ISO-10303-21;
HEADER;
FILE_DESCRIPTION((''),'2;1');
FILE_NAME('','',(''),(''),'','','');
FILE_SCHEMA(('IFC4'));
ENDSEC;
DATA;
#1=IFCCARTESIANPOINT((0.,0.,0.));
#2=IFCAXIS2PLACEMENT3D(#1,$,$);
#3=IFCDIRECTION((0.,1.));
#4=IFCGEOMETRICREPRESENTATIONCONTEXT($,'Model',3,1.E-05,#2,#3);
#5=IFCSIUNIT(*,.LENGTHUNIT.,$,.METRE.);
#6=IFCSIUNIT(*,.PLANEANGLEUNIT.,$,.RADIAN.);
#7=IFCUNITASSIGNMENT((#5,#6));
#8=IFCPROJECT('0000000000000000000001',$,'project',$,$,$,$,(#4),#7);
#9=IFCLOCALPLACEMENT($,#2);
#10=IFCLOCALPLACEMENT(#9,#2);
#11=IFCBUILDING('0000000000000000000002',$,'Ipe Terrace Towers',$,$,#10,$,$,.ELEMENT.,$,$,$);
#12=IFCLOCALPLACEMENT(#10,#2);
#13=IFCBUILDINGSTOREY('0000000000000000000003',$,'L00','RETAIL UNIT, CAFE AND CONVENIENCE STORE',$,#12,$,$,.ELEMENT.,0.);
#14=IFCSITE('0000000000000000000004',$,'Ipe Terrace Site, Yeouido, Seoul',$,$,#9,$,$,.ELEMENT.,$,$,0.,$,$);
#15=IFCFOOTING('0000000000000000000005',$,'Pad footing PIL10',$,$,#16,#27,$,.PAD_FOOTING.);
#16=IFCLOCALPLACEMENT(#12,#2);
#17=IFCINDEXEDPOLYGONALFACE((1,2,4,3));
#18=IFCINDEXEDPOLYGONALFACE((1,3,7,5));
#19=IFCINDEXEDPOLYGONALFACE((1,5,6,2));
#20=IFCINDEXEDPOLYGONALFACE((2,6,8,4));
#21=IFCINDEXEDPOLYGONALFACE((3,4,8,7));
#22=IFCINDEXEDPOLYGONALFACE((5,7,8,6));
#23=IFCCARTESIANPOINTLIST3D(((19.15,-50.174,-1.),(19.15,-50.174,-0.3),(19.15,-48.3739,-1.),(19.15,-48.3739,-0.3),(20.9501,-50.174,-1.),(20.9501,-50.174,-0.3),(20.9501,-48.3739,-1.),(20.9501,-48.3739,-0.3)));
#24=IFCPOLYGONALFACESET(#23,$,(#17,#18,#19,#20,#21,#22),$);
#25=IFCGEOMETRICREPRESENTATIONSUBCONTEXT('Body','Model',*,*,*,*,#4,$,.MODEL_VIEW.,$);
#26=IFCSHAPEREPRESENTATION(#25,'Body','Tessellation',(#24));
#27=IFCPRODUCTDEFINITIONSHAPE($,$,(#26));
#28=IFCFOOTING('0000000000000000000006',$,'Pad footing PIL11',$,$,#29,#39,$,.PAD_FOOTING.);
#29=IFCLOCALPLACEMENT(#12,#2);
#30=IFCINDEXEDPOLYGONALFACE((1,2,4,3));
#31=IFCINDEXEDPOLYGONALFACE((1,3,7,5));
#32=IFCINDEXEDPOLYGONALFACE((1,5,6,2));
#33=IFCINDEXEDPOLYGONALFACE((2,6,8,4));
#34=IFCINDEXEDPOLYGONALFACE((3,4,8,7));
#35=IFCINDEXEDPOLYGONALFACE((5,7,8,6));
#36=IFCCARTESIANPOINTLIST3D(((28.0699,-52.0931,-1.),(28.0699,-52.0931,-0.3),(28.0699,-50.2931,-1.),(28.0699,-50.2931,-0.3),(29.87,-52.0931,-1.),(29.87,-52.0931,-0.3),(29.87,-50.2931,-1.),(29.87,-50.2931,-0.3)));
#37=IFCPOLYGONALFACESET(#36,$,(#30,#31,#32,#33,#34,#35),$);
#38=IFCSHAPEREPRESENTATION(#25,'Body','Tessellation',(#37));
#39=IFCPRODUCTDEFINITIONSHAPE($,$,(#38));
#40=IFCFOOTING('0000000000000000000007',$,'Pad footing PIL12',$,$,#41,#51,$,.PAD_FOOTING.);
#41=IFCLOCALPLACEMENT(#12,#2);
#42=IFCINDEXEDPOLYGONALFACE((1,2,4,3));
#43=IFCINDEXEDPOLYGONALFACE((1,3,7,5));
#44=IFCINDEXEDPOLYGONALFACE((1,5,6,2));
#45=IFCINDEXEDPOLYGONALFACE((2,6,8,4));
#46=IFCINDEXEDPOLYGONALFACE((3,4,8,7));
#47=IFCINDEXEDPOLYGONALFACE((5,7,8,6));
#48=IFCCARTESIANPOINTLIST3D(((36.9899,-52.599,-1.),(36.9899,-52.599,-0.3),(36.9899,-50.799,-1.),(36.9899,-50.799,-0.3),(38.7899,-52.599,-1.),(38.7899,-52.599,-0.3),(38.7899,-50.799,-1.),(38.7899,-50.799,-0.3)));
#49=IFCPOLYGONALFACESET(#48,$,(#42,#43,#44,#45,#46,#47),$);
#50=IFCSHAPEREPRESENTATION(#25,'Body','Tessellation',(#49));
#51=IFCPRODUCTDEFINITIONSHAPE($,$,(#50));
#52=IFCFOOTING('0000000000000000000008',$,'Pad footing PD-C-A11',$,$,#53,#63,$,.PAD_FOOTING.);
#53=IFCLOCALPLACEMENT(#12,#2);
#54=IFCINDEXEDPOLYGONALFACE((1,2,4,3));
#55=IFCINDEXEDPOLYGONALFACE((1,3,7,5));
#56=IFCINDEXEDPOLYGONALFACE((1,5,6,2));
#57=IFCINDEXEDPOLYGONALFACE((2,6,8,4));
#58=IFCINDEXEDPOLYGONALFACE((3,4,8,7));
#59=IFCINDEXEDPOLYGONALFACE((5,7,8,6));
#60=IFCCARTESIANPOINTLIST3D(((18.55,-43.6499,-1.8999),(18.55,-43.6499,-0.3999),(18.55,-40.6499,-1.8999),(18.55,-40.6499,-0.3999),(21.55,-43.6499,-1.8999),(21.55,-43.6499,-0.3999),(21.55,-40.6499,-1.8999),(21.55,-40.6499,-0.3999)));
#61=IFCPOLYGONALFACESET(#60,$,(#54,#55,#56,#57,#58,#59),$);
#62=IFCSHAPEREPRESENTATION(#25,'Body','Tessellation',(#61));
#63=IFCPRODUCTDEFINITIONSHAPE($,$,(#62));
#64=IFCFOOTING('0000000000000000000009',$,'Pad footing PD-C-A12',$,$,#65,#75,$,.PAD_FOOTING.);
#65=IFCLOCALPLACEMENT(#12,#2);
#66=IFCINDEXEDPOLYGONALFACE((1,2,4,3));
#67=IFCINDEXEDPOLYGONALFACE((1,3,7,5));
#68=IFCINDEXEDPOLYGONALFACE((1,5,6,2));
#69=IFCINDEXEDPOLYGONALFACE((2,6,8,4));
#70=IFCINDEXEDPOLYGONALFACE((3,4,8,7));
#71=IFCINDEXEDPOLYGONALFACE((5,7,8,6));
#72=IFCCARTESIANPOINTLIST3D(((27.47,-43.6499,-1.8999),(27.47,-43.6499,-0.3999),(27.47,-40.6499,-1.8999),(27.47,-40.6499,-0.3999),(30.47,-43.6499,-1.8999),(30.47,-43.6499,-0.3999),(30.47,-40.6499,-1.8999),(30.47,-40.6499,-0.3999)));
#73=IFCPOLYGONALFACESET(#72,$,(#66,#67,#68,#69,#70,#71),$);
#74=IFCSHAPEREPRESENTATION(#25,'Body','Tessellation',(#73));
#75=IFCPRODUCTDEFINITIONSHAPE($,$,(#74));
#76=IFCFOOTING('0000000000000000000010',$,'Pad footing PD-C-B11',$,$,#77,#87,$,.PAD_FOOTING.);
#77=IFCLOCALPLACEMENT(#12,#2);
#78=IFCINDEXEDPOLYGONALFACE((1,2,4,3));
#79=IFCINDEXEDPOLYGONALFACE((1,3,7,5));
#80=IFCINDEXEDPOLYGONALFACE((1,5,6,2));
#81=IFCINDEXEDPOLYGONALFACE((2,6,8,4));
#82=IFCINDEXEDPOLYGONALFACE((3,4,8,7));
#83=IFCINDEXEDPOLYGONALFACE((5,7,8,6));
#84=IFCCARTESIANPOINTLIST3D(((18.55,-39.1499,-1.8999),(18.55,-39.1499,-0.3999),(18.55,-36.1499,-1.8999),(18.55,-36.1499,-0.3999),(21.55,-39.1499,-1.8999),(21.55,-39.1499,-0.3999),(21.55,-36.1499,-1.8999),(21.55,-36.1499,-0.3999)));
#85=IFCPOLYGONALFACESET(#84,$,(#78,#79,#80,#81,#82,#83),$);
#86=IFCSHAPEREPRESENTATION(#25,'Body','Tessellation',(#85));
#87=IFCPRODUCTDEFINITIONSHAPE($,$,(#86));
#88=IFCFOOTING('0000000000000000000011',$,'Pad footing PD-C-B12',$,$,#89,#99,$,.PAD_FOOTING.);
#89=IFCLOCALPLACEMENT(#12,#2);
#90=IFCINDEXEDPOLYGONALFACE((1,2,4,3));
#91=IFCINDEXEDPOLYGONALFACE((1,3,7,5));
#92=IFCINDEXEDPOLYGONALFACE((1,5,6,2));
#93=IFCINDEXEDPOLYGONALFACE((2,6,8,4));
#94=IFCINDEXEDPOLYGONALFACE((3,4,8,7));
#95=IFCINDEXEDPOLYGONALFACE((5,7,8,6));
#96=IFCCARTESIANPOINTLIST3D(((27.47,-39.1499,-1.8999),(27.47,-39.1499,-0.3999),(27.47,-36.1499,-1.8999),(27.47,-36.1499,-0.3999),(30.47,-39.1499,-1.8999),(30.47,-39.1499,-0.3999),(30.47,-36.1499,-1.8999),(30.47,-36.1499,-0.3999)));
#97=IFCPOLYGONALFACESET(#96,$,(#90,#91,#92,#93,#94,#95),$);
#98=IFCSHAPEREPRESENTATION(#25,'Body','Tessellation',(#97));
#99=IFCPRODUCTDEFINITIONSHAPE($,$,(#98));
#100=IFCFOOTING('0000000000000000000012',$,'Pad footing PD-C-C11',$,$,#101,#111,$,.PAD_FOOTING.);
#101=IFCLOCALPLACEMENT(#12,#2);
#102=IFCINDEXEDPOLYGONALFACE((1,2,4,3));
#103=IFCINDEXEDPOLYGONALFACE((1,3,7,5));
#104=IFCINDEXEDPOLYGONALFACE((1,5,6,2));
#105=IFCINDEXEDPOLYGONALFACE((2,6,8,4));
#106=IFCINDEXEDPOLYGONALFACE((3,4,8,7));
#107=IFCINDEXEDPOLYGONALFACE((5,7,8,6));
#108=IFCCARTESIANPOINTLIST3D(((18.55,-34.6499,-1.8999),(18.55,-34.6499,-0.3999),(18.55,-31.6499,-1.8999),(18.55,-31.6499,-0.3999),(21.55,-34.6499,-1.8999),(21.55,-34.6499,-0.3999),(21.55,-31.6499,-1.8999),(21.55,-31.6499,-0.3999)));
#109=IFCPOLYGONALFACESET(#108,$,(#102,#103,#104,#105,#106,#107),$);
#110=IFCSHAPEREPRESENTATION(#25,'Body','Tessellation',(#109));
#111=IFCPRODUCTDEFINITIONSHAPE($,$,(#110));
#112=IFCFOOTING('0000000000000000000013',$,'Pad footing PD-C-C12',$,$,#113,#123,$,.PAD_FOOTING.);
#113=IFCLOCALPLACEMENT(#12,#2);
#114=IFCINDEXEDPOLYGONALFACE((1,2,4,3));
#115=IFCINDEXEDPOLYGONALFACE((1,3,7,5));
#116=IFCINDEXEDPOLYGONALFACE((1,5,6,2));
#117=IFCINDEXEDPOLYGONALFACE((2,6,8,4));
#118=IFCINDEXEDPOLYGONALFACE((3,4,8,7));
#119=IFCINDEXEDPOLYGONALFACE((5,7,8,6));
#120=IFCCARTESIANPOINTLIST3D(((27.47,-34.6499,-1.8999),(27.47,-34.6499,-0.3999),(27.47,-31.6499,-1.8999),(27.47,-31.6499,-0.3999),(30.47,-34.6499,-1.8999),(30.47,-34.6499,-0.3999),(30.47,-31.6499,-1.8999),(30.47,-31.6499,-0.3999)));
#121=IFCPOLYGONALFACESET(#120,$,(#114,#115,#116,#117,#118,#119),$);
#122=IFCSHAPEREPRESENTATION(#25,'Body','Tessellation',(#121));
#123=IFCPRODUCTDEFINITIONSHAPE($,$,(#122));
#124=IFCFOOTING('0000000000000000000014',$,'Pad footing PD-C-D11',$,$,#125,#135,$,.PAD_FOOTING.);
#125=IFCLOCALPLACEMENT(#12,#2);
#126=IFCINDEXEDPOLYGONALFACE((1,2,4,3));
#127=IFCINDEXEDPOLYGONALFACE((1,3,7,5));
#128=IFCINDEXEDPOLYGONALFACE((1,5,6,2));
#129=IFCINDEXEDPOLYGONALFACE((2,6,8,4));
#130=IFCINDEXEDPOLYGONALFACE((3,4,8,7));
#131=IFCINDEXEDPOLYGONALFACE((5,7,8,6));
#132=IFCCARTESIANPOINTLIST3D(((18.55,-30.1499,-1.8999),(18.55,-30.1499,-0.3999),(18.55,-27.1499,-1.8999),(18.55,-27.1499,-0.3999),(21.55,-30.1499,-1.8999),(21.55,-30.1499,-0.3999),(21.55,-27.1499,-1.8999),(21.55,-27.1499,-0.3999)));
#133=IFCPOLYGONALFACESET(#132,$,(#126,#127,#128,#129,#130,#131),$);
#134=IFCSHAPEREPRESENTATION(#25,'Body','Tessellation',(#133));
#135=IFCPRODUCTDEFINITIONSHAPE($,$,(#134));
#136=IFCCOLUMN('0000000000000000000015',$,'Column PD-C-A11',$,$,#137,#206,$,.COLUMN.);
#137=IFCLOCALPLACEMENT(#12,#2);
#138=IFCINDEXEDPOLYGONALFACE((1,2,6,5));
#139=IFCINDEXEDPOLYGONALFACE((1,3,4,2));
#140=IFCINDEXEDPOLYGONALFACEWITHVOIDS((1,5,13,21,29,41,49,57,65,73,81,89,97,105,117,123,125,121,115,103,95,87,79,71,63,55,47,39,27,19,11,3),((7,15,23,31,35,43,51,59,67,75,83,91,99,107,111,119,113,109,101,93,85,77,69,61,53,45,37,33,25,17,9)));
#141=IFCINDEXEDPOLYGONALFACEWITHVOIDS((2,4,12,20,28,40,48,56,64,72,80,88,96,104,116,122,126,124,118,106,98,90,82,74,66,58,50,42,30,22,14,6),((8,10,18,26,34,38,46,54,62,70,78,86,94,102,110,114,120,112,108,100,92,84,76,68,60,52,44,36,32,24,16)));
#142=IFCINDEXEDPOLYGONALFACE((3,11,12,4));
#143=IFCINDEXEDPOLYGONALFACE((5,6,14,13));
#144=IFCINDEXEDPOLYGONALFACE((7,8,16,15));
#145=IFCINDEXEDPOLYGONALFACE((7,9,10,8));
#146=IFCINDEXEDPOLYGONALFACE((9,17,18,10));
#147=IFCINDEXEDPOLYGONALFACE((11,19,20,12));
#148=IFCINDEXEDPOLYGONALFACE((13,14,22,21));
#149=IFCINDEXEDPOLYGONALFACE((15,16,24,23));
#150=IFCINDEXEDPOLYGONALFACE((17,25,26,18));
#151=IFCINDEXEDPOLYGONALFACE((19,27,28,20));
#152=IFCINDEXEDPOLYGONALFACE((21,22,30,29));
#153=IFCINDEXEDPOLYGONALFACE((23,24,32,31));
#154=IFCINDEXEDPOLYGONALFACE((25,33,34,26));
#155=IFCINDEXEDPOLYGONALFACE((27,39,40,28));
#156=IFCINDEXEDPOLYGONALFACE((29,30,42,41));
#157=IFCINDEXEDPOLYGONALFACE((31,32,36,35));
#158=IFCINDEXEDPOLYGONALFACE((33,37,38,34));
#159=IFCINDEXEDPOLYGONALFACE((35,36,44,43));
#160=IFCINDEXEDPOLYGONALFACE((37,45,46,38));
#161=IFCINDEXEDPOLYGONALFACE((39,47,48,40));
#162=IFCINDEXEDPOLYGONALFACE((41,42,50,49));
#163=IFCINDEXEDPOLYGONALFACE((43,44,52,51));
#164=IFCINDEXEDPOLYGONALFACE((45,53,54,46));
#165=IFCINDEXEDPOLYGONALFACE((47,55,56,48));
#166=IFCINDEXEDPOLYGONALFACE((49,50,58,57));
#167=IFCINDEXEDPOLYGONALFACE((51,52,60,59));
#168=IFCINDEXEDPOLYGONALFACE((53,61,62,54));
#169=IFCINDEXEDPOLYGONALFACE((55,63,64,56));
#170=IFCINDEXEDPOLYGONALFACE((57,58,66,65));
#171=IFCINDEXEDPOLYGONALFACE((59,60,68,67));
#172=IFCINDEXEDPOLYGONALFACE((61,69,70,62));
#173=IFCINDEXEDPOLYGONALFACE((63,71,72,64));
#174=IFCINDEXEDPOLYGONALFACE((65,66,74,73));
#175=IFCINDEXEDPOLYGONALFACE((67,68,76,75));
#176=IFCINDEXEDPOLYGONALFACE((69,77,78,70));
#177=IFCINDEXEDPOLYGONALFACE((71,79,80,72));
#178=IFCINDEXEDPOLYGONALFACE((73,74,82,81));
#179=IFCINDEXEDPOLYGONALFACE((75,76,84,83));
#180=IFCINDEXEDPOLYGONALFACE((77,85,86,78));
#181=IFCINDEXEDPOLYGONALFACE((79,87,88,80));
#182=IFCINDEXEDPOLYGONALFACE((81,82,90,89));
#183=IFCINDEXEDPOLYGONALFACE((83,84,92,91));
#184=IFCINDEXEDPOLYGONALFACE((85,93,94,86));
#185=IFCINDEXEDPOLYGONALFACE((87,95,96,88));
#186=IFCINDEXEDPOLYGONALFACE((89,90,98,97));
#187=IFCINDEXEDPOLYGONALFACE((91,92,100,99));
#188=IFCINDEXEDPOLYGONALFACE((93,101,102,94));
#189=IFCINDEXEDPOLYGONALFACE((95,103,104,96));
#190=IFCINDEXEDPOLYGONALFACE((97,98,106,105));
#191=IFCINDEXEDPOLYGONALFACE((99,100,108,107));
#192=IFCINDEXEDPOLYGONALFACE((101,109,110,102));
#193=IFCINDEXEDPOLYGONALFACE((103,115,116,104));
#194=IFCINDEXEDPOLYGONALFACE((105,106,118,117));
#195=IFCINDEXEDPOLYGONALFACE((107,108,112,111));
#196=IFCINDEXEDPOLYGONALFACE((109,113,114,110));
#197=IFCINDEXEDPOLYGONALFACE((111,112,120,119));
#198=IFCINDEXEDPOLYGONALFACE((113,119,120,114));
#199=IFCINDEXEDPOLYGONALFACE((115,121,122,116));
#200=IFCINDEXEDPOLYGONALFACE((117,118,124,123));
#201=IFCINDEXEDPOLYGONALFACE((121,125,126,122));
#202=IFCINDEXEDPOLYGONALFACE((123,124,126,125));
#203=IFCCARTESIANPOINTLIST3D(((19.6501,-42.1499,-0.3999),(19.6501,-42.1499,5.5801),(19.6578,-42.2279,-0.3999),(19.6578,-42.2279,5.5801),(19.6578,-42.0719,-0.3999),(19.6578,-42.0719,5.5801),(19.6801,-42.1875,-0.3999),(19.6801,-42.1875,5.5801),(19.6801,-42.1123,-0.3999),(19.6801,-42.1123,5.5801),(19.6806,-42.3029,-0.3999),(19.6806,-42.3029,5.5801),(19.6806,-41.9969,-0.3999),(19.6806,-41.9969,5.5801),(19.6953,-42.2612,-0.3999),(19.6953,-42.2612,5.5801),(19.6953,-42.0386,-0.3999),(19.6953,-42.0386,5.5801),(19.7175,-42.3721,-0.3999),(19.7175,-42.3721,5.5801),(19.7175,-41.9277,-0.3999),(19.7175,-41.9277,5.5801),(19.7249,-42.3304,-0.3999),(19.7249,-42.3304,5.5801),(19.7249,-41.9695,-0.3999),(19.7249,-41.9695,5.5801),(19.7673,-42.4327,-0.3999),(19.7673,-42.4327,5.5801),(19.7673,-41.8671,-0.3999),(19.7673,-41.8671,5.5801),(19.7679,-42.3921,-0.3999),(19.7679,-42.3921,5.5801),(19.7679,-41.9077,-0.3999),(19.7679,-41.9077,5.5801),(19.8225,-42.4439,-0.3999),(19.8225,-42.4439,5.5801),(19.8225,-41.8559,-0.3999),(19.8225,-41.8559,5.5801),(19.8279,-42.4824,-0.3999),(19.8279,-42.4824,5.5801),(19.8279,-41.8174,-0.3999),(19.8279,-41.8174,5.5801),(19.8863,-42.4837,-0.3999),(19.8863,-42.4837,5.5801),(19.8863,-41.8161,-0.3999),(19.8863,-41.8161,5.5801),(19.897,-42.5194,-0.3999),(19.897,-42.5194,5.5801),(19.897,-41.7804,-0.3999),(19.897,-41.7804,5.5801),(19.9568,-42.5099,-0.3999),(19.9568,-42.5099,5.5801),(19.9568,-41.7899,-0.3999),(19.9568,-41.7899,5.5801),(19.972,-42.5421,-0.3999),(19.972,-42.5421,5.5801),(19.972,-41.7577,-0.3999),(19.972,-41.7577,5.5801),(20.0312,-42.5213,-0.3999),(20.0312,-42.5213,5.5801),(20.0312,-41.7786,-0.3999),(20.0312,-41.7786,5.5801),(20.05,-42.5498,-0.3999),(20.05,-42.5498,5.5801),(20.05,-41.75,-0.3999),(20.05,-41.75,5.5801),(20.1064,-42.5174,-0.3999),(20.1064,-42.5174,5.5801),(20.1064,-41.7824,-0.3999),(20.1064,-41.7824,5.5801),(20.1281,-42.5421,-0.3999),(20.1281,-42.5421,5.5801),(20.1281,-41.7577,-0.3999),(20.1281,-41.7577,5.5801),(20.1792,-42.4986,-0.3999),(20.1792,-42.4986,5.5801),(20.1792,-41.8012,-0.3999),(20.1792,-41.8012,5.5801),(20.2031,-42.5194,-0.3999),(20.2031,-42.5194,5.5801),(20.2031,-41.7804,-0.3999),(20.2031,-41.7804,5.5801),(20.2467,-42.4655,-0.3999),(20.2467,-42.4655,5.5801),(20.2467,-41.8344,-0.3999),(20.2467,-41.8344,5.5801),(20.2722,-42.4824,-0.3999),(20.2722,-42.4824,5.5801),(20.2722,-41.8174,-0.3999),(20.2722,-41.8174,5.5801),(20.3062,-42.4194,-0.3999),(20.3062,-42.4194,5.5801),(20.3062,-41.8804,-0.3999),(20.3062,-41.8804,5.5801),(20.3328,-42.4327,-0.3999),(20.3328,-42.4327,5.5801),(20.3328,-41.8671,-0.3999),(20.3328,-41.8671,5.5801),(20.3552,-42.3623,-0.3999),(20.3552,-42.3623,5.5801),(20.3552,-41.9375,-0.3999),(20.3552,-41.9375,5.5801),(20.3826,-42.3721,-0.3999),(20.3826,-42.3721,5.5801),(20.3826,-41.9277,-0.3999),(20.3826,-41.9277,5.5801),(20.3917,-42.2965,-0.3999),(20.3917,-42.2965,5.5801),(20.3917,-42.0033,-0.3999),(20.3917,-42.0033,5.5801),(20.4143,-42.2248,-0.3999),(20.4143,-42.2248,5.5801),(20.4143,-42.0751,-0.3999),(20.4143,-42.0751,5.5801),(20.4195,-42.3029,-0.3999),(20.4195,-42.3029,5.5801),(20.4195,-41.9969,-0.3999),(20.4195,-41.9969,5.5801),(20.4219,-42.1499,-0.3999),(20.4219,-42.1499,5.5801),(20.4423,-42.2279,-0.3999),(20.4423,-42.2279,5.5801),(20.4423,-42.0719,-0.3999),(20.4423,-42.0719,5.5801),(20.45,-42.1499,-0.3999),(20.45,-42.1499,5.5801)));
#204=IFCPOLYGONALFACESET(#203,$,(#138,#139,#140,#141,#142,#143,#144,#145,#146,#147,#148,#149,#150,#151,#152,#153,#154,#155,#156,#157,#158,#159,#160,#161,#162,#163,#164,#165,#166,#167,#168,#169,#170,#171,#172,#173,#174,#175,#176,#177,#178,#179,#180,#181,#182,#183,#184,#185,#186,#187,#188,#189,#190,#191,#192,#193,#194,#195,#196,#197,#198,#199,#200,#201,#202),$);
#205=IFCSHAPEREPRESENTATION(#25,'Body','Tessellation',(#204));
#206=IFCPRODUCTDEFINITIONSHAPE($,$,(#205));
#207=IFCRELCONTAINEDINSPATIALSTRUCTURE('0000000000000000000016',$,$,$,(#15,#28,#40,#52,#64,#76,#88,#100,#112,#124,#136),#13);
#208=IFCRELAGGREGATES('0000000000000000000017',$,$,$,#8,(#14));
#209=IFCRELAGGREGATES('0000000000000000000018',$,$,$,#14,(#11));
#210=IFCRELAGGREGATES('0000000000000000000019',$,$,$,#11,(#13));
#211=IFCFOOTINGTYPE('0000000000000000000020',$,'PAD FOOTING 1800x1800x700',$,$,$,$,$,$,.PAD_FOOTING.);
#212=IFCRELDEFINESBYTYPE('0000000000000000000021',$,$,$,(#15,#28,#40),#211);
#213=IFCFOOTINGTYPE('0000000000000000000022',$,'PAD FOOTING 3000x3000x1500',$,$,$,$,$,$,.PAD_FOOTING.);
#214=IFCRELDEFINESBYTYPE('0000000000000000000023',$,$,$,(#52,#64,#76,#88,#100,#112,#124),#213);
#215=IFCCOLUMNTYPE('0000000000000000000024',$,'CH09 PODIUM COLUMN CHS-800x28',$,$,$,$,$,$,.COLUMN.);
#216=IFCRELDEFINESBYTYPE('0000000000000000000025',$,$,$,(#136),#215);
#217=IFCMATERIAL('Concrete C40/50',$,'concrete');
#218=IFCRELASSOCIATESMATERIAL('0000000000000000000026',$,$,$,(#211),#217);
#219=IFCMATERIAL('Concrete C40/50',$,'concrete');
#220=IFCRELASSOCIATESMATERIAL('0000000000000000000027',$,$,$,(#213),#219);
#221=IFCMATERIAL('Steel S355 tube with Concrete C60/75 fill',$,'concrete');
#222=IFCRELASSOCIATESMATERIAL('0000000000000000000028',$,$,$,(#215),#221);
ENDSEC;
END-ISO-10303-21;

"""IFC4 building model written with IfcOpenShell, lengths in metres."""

from ifc_helpers import new_model, si_unit, direction, frame, origin, origin_2d, place, context, subcontext, project, spatial, rectangle, hollow_circle, extrude, material, material_profile, profile_set, type_object, element, save


model = new_model("IFC4")

# Units and contexts
model_context = context("Model", 3, precision=1e-05, world=origin(), true_north=direction((0.0, 1.0)))
body_context = subcontext(model_context, "Body", "Model", "MODEL_VIEW")
ifc_project = project(units=[si_unit("LENGTHUNIT", "METRE"), si_unit("PLANEANGLEUNIT", "RADIAN")], contexts=[model_context])

# Site, building, storey
site_placement = place(None, origin())
site = spatial("IfcSite", under=ifc_project, at=site_placement, Name="Ipe Terrace Site, Yeouido, Seoul", CompositionType="ELEMENT", RefElevation=0.0)
building_placement = place(site_placement, origin())
building = spatial("IfcBuilding", under=site, at=building_placement, Name="Ipe Terrace Towers", CompositionType="ELEMENT")
storey_placement = place(building_placement, origin())
storey = spatial("IfcBuildingStorey", under=building, at=storey_placement, Name="L00", Description="RETAIL UNIT, CAFE AND CONVENIENCE STORE", CompositionType="ELEMENT", Elevation=0.0)

# Footings
ifc_material_1 = material(Name="Concrete C40/50", Category="concrete")
footing_type_1 = type_object("IfcFootingType", Name="PAD FOOTING 1800x1800x700", PredefinedType="PAD_FOOTING", material=ifc_material_1)
for number, where, z_axis, x_axis, name in (
    (1, (20.05, -49.2739, -1.0), (0.0, 0.0, 1.0), (1.0, 0.0, 0.0), "Pad footing PIL10"),
    (2, (28.97, -51.1931, -1.0), (0.0, 0.0, 1.0), (1.0, 0.0, 0.0), "Pad footing PIL11"),
    (3, (37.8899, -51.699, -1.0), (0.0, 0.0, 1.0), (1.0, 0.0, 0.0), "Pad footing PIL12"),
):
    element("IfcFooting", number, at=place(storey_placement, frame(where, z_axis=z_axis, x_axis=x_axis)), inside=storey, type_object=footing_type_1, Name=name, PredefinedType="PAD_FOOTING", context=body_context, shape_type="SweptSolid", body=[
        extrude(rectangle(XDim=1.8, YDim=1.8, at=origin_2d()), origin(), (0.0, 0.0, 1.0), 0.7),
    ])
ifc_material_2 = material(Name="Concrete C40/50", Category="concrete")
footing_type_2 = type_object("IfcFootingType", Name="PAD FOOTING 3000x3000x1500", PredefinedType="PAD_FOOTING", material=ifc_material_2)
for number, where, z_axis, x_axis, name in (
    (4, (20.05, -42.1499, -1.8999), (0.0, 0.0, 1.0), (1.0, 0.0, 0.0), "Pad footing PD-C-A11"),
    (5, (28.97, -42.1499, -1.8999), (0.0, 0.0, 1.0), (1.0, 0.0, 0.0), "Pad footing PD-C-A12"),
    (6, (20.05, -37.6499, -1.8999), (0.0, 0.0, 1.0), (1.0, 0.0, 0.0), "Pad footing PD-C-B11"),
    (7, (28.97, -37.6499, -1.8999), (0.0, 0.0, 1.0), (1.0, 0.0, 0.0), "Pad footing PD-C-B12"),
    (8, (20.05, -33.1499, -1.8999), (0.0, 0.0, 1.0), (1.0, 0.0, 0.0), "Pad footing PD-C-C11"),
    (9, (28.97, -33.1499, -1.8999), (0.0, 0.0, 1.0), (1.0, 0.0, 0.0), "Pad footing PD-C-C12"),
    (10, (20.05, -28.6499, -1.8999), (0.0, 0.0, 1.0), (1.0, 0.0, 0.0), "Pad footing PD-C-D11"),
):
    element("IfcFooting", number, at=place(storey_placement, frame(where, z_axis=z_axis, x_axis=x_axis)), inside=storey, type_object=footing_type_2, Name=name, PredefinedType="PAD_FOOTING", context=body_context, shape_type="SweptSolid", body=[
        extrude(rectangle(XDim=3.0, YDim=3.0, at=origin_2d()), origin(), (0.0, 0.0, 1.0), 1.5),
    ])

# Column
ifc_material_3 = material(Name="Steel S355 tube with Concrete C60/75 fill", Category="concrete")
ifc_material_profile_1 = material_profile(ifc_material_3, hollow_circle(Radius=0.3999, WallThickness=0.0281, at=origin_2d()), Name="CHS-800x28")
ifc_profile_set_1 = profile_set([ifc_material_profile_1], Name="Steel S355 tube with Concrete C60/75 fill")
column_type_1 = type_object("IfcColumnType", Name="CH09 PODIUM COLUMN CHS-800x28", PredefinedType="COLUMN", material=ifc_profile_set_1)
for number, where, z_axis, x_axis, name in (
    (11, (20.05, -42.1499, -0.3999), (0.0, 0.0, 1.0), (1.0, 0.0, 0.0), "Column PD-C-A11"),
):
    element("IfcColumn", number, at=place(storey_placement, frame(where, z_axis=z_axis, x_axis=x_axis)), inside=storey, type_object=column_type_1, Name=name, PredefinedType="COLUMN", context=body_context, shape_type="SweptSolid", body=[
        extrude(hollow_circle(Radius=0.3999, WallThickness=0.0281, at=origin_2d()), origin(), (0.0, 0.0, 1.0), 5.98),
    ])

save(model, "model.ifc")
